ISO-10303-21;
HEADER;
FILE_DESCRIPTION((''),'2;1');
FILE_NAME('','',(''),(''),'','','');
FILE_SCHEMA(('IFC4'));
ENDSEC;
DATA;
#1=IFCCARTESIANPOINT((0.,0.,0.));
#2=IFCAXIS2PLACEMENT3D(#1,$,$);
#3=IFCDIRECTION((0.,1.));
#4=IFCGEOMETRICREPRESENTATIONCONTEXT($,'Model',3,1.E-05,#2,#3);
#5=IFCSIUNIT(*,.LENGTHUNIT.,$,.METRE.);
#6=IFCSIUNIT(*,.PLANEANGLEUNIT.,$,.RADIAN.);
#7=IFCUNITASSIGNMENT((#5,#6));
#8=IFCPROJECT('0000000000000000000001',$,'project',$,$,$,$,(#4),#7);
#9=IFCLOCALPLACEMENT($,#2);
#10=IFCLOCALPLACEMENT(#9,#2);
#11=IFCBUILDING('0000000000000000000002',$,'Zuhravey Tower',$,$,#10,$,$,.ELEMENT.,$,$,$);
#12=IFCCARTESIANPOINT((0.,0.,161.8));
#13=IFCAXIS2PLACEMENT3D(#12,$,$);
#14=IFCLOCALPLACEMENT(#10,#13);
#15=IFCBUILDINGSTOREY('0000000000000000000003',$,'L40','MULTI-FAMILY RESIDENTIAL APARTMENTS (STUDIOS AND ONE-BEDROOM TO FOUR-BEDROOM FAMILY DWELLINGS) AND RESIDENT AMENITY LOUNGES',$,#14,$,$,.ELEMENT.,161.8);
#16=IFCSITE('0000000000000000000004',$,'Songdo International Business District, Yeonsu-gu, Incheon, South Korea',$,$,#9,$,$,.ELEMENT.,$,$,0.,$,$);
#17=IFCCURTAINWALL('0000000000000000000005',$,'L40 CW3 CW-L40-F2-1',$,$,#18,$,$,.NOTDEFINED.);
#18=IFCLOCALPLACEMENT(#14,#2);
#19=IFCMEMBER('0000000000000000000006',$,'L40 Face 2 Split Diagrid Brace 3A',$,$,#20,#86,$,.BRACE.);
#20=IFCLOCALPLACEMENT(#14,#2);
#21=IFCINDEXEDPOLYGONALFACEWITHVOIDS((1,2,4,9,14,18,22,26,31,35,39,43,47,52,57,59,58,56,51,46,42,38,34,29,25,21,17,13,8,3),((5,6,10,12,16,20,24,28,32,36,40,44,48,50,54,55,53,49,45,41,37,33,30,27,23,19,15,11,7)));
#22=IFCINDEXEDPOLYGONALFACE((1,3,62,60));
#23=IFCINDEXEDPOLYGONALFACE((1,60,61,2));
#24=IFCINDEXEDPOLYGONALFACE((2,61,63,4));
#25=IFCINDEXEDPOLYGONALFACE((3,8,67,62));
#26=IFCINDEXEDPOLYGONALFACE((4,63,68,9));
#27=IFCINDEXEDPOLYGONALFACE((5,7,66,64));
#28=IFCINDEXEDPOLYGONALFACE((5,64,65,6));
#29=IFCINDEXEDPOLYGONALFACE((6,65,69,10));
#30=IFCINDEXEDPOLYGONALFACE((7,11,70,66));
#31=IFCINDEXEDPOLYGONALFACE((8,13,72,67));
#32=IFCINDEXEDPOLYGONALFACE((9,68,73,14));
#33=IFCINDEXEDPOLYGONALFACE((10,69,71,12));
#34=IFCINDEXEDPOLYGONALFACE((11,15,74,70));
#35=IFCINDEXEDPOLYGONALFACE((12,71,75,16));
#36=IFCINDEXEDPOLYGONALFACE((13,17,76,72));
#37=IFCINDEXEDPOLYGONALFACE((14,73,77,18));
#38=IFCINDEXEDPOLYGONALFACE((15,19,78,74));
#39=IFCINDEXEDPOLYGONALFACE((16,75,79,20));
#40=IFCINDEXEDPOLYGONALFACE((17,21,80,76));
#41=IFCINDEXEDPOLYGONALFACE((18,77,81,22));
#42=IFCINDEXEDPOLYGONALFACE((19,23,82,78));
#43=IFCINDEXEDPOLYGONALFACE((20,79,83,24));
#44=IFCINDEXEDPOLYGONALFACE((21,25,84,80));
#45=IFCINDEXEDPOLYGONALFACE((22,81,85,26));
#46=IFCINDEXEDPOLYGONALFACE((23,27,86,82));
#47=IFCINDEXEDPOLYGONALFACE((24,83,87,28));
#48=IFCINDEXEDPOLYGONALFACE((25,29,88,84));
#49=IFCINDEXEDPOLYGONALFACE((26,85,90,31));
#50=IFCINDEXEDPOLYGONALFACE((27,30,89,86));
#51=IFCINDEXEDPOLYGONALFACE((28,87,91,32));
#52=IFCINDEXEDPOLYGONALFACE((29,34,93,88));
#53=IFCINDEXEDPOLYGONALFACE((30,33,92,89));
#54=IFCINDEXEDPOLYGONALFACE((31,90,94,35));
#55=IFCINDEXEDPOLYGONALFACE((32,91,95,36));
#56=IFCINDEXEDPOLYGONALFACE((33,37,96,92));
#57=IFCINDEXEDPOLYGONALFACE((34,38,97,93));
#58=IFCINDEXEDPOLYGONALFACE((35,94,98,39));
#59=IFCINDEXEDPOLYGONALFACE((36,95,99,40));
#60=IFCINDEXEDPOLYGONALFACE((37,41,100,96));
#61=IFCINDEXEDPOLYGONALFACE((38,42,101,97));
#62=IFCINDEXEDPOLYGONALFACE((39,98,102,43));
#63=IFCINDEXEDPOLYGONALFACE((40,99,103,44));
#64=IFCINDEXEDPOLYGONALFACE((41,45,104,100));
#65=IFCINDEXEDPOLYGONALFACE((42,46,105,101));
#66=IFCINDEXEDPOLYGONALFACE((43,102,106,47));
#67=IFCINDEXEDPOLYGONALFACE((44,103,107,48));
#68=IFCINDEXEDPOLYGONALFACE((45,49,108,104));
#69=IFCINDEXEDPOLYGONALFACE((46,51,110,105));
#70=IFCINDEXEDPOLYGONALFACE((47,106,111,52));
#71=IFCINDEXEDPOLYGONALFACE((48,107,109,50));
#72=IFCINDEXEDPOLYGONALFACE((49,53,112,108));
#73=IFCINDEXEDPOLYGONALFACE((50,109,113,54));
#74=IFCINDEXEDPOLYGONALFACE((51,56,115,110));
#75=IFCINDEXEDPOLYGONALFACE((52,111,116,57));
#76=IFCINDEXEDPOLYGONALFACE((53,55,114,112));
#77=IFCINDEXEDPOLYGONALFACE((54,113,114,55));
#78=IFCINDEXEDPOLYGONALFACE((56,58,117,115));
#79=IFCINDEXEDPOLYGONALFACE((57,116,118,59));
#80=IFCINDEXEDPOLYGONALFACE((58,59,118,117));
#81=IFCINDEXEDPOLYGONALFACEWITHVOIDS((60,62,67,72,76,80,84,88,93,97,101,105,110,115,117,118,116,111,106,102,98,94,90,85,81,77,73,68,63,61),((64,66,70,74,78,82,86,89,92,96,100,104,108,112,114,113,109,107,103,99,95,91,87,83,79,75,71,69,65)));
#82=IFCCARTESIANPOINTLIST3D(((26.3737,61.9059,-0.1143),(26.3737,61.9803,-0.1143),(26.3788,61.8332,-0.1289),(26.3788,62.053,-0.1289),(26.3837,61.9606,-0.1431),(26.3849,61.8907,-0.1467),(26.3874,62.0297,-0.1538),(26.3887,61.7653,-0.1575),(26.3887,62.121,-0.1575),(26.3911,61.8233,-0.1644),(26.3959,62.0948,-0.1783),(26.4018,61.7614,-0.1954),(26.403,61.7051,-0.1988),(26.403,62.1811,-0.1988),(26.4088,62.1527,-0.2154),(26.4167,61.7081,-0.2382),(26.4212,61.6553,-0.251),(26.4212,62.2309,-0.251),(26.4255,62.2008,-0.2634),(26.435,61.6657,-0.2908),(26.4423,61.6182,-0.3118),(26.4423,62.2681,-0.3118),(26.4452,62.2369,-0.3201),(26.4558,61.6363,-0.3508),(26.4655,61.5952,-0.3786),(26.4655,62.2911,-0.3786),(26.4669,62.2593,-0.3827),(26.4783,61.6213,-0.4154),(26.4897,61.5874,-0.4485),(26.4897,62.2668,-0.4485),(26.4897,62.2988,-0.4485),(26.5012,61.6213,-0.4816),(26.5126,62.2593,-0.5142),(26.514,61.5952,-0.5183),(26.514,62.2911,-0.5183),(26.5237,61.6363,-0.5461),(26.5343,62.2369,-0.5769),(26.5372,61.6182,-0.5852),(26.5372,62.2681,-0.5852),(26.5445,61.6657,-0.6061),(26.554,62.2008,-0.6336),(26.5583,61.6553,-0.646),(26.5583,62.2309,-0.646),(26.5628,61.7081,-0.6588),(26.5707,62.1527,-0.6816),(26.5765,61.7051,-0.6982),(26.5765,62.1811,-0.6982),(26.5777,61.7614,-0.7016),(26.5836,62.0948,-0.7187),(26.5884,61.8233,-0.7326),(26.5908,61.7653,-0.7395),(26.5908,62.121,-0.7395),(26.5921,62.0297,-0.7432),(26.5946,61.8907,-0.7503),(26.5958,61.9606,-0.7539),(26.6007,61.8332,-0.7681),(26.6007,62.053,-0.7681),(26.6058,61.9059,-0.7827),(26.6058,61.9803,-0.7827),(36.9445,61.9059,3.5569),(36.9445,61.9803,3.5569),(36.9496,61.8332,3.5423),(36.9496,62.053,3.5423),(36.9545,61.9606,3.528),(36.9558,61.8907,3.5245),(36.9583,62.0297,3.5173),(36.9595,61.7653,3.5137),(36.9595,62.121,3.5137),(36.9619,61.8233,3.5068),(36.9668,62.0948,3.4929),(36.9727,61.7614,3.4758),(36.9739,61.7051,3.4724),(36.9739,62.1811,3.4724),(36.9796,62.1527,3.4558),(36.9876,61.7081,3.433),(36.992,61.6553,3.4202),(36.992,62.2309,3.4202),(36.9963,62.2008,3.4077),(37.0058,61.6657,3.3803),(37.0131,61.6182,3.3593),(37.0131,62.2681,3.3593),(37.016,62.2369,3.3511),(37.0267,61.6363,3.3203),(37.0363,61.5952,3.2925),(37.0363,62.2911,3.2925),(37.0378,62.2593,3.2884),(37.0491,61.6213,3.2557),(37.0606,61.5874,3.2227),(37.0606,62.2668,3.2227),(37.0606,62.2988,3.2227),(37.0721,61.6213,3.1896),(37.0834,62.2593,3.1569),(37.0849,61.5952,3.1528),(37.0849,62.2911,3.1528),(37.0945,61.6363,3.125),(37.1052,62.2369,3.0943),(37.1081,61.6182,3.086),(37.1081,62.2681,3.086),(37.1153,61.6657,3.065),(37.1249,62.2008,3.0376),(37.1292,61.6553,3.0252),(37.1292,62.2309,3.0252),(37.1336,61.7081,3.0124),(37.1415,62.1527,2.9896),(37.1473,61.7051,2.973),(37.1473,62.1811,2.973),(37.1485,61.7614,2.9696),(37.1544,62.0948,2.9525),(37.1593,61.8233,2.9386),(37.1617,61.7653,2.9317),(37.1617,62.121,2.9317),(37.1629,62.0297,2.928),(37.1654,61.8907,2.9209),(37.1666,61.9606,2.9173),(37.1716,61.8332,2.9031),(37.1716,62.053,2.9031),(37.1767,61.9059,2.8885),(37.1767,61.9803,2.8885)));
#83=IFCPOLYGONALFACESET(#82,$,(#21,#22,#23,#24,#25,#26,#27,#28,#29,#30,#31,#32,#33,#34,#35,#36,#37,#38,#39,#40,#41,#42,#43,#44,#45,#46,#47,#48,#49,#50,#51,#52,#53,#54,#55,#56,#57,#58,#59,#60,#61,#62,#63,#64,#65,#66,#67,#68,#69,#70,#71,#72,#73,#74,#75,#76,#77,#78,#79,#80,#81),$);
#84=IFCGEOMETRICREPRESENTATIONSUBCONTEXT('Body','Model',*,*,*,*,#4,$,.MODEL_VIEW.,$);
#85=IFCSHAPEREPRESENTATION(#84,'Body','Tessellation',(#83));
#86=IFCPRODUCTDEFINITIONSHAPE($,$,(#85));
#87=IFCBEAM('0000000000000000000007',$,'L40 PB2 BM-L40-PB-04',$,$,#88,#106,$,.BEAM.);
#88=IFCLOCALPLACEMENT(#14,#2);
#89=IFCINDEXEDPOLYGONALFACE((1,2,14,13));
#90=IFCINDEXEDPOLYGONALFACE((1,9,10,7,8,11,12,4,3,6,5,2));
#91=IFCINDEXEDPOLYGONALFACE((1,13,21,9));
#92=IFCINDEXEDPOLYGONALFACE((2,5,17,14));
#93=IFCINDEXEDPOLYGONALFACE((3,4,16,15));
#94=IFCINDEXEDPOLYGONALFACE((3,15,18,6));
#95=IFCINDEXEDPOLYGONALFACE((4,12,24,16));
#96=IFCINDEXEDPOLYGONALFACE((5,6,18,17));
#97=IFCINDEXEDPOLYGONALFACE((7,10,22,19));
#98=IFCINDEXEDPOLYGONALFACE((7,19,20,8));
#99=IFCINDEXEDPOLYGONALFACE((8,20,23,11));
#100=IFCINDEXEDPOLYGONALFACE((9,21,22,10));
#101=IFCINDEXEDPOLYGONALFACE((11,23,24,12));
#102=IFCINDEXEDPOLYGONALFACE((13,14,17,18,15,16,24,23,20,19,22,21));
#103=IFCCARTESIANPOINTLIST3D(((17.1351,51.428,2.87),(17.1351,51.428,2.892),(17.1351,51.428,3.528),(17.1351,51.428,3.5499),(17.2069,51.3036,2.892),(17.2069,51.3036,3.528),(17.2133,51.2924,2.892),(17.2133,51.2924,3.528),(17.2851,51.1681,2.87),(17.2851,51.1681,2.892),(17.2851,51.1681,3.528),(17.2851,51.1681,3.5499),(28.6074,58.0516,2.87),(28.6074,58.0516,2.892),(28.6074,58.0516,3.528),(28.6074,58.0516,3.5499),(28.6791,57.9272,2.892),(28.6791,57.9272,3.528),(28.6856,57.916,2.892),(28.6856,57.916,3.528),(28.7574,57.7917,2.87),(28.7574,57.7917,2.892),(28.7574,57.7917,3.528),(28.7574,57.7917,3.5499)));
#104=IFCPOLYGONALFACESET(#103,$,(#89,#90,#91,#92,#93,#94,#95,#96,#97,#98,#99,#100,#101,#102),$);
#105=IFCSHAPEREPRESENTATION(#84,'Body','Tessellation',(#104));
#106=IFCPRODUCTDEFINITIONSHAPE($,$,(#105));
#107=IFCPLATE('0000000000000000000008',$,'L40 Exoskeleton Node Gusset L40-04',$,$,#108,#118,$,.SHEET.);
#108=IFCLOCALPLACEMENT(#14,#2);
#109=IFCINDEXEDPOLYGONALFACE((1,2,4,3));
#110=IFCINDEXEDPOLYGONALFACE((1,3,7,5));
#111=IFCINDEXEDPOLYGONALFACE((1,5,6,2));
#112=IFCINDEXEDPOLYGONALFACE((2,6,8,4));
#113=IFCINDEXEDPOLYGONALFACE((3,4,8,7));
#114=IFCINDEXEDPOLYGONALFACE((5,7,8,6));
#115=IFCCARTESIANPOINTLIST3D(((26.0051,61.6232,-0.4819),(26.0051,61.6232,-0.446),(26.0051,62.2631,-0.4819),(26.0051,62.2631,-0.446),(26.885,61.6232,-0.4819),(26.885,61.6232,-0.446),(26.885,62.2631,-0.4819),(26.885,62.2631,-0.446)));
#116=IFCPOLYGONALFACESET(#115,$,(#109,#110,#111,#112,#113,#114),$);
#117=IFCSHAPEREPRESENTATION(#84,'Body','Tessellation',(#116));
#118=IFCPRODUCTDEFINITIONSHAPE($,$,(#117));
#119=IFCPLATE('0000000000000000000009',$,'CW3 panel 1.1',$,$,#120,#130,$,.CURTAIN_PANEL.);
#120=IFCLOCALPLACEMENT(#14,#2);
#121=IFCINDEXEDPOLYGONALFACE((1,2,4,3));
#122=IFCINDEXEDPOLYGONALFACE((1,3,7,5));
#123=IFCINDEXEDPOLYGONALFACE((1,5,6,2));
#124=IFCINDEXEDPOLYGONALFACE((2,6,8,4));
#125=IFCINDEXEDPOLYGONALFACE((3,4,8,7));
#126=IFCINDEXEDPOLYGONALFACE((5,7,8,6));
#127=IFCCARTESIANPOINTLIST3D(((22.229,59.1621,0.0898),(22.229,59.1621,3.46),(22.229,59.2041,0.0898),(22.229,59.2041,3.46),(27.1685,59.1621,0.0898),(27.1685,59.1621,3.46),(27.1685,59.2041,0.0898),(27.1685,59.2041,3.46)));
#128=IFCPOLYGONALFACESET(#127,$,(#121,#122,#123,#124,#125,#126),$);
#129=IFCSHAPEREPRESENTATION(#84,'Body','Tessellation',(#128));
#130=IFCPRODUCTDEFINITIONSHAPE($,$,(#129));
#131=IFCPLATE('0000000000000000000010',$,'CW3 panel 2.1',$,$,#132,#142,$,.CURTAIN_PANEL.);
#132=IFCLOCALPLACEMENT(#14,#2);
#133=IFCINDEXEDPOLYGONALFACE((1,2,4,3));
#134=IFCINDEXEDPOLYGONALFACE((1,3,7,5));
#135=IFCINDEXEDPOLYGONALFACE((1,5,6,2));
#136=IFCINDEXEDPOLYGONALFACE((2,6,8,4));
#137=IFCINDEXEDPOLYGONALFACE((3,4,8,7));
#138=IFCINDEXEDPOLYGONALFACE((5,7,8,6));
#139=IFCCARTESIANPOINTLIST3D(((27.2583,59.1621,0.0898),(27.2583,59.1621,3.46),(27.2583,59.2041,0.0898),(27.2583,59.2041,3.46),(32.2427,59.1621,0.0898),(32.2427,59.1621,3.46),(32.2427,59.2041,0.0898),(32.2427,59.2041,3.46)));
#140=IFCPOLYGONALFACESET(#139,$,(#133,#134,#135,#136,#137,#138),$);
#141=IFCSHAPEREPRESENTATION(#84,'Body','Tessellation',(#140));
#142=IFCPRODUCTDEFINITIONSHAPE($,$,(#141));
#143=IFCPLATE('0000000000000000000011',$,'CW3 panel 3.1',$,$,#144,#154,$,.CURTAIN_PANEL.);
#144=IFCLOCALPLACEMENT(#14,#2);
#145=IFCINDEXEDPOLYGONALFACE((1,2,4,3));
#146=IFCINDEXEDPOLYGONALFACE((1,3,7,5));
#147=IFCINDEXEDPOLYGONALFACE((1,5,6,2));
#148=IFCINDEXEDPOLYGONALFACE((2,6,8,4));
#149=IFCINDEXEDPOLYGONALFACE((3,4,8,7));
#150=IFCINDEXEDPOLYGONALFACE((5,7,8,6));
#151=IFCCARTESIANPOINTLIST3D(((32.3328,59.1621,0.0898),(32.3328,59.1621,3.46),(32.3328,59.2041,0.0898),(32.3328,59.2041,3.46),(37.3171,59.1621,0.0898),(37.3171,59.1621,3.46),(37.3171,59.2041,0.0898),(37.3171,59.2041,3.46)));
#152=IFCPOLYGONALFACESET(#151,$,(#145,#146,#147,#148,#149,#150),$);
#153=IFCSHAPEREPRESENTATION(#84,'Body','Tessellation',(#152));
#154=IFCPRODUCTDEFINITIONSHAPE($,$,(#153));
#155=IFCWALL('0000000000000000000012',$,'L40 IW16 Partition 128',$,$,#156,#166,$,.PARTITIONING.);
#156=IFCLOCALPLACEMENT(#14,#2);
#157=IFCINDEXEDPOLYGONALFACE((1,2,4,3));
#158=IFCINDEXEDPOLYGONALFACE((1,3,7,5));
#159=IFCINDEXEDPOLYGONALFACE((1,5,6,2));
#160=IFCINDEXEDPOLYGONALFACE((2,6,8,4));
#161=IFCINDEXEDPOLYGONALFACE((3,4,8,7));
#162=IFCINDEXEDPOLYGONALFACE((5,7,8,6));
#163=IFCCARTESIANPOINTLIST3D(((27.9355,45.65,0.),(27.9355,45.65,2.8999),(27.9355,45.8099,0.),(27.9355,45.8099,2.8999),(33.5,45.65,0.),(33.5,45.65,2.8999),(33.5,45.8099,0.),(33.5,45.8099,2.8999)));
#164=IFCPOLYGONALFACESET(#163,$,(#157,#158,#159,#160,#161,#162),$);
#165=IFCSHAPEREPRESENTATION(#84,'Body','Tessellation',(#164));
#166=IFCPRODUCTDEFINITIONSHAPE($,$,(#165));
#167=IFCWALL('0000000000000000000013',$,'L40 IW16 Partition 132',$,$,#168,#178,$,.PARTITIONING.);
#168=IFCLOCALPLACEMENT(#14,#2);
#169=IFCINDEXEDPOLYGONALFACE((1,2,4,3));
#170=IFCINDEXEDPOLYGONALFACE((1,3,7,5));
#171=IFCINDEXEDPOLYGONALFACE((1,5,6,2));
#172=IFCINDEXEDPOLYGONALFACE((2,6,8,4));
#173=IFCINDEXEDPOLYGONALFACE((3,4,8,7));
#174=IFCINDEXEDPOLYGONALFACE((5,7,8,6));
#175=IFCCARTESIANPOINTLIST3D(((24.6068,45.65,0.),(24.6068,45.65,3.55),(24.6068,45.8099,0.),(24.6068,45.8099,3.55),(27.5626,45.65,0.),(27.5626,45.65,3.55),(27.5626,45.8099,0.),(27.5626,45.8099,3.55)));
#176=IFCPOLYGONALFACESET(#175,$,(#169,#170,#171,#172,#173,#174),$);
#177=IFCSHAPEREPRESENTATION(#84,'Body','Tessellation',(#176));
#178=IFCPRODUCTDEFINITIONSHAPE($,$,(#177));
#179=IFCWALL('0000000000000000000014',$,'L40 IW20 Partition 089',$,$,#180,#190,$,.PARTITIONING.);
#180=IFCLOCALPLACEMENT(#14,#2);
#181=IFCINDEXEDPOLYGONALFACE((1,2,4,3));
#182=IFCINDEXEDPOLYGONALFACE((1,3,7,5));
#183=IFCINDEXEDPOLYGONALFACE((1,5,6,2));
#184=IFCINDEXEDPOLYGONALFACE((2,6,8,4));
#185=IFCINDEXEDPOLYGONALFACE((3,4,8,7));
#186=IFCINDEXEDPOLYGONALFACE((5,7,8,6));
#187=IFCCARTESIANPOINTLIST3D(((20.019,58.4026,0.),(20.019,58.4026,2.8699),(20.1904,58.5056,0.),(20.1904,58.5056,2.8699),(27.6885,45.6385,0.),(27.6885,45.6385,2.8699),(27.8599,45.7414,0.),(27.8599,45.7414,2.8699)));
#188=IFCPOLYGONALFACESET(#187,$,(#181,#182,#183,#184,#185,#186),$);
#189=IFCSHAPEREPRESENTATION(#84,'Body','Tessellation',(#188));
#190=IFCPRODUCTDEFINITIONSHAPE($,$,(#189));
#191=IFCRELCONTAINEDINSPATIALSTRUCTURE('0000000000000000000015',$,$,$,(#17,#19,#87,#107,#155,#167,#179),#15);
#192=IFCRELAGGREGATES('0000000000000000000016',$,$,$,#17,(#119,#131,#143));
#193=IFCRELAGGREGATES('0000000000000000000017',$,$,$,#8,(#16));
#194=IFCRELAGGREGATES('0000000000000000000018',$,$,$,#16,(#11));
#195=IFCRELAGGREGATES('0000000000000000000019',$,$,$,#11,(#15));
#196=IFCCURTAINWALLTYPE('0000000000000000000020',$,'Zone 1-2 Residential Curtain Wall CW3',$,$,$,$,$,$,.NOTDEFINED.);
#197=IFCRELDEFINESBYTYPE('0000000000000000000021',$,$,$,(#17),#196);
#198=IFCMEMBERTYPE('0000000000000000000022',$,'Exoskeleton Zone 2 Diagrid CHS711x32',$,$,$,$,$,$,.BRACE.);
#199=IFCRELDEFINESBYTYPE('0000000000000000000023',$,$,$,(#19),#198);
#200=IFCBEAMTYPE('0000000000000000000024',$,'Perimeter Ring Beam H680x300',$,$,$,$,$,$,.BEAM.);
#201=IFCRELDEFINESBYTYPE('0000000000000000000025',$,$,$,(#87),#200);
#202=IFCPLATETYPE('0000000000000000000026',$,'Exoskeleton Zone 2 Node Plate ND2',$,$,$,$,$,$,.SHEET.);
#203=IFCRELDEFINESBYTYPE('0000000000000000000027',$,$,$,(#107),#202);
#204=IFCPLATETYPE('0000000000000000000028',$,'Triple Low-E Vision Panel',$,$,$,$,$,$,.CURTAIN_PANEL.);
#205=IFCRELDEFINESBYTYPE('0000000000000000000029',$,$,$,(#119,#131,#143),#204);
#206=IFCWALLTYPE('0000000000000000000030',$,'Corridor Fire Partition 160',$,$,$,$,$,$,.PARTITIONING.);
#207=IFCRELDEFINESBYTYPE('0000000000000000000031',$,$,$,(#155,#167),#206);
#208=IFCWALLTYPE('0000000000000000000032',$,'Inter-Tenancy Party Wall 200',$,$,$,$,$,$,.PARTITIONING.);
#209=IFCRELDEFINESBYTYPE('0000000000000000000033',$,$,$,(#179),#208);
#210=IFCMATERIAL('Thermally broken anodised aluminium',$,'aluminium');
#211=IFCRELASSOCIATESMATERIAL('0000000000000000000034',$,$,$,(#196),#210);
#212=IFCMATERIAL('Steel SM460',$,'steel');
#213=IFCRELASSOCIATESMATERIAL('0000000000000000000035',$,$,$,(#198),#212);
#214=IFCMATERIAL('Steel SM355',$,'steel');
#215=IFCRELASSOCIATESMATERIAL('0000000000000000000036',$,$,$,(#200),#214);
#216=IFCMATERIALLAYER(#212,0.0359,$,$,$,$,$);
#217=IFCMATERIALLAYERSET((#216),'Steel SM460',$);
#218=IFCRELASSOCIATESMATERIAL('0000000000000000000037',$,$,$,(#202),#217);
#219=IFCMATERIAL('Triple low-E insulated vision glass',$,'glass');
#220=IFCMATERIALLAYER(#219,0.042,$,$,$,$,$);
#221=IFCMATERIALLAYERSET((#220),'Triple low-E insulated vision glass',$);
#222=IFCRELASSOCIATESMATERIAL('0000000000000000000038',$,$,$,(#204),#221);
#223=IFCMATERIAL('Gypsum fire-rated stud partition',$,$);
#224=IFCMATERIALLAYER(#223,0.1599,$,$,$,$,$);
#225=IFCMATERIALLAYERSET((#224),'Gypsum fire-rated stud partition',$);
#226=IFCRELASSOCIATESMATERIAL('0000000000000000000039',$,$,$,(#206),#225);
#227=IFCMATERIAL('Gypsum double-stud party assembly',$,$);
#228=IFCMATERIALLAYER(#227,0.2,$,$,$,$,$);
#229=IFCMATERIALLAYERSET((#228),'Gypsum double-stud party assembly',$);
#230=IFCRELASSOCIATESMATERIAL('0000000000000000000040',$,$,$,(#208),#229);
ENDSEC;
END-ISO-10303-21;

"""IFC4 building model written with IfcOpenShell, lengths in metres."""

from ifc_helpers import new_model, si_unit, direction, frame, frame_2d, origin, origin_2d, place, context, subcontext, project, spatial, rectangle, hollow_circle, i_section, extrude, material, layer, layer_set, material_profile, profile_set, type_object, element, aggregate, save


model = new_model("IFC4")

# Units and contexts
model_context = context("Model", 3, precision=1e-05, world=origin(), true_north=direction((0.0, 1.0)))
body_context = subcontext(model_context, "Body", "Model", "MODEL_VIEW")
ifc_project = project(units=[si_unit("LENGTHUNIT", "METRE"), si_unit("PLANEANGLEUNIT", "RADIAN")], contexts=[model_context])

# Site, building, storey
site_placement = place(None, origin())
site = spatial("IfcSite", under=ifc_project, at=site_placement, Name="Songdo International Business District, Yeonsu-gu, Incheon, South Korea", CompositionType="ELEMENT", RefElevation=0.0)
building_placement = place(site_placement, origin())
building = spatial("IfcBuilding", under=site, at=building_placement, Name="Zuhravey Tower", CompositionType="ELEMENT")
storey_placement = place(building_placement, frame((0.0, 0.0, 161.8)))
storey = spatial("IfcBuildingStorey", under=building, at=storey_placement, Name="L40", Description="MULTI-FAMILY RESIDENTIAL APARTMENTS (STUDIOS AND ONE-BEDROOM TO FOUR-BEDROOM FAMILY DWELLINGS) AND RESIDENT AMENITY LOUNGES", CompositionType="ELEMENT", Elevation=161.8)

# Curtain wall
ifc_material_1 = material(Name="Thermally broken anodised aluminium", Category="aluminium")
curtain_wall_type = type_object("IfcCurtainWallType", Name="Zone 1-2 Residential Curtain Wall CW3", PredefinedType="NOTDEFINED", material=ifc_material_1)
curtain_wall_placement = place(storey_placement, origin())
curtain_wall = element("IfcCurtainWall", 1, at=curtain_wall_placement, inside=storey, type_object=curtain_wall_type, Name="L40 CW3 CW-L40-F2-1", PredefinedType="NOTDEFINED")

# Member
ifc_material_2 = material(Name="Steel SM460", Category="steel")
ifc_material_profile_1 = material_profile(ifc_material_2, hollow_circle(Radius=0.3557, WallThickness=0.032, at=origin_2d()), Name="CHS-711.2x32")
ifc_profile_set_1 = profile_set([ifc_material_profile_1], Name="Steel SM460")
member_type_1 = type_object("IfcMemberType", Name="Exoskeleton Zone 2 Diagrid CHS711x32", PredefinedType="BRACE", material=ifc_profile_set_1)
member_1_placement = place(storey_placement, frame((26.4897, 61.9431, -0.4485), z_axis=(0.944654, 0.0, 0.32807), x_axis=(0.0, 1.0, 0.0)))
element("IfcMember", 2, at=member_1_placement, inside=storey, type_object=member_type_1, Name="L40 Face 2 Split Diagrid Brace 3A", PredefinedType="BRACE", context=body_context, shape_type="SweptSolid", body=[
    extrude(hollow_circle(Radius=0.3557, WallThickness=0.032, at=origin_2d()), origin(), (0.0, 0.0, 1.0), 11.1902),
])

# Beam
ifc_material_3 = material(Name="Steel SM355", Category="steel")
ifc_material_profile_2 = material_profile(ifc_material_3, i_section(OverallWidth=0.3, OverallDepth=0.6799, WebThickness=0.0129, FlangeThickness=0.022, at=origin_2d()), Name="H-680x300x13x22")
ifc_profile_set_2 = profile_set([ifc_material_profile_2], Name="Steel SM355")
beam_type = type_object("IfcBeamType", Name="Perimeter Ring Beam H680x300", PredefinedType="BEAM", material=ifc_profile_set_2)
beam_placement = place(storey_placement, frame((28.6824, 57.9216, 3.21), z_axis=(-0.866023, -0.500004, 0.0), x_axis=(0.500004, -0.866023, 0.0)))
element("IfcBeam", 3, at=beam_placement, inside=storey, type_object=beam_type, Name="L40 PB2 BM-L40-PB-04", PredefinedType="BEAM", context=body_context, shape_type="SweptSolid", body=[
    extrude(i_section(OverallWidth=0.3, OverallDepth=0.6799, WebThickness=0.0129, FlangeThickness=0.022, at=origin_2d()), origin(), (0.0, 0.0, 1.0), 13.2471),
])

# Plates
ifc_layer_1 = layer(ifc_material_2, 0.0359)
ifc_layer_set_1 = layer_set([ifc_layer_1], Name="Steel SM460")
plate_type_1 = type_object("IfcPlateType", Name="Exoskeleton Zone 2 Node Plate ND2", PredefinedType="SHEET", material=ifc_layer_set_1)
plate_1_placement = place(storey_placement, frame((26.4451, 61.9431, -0.4819), z_axis=(0.0, 0.0, 1.0), x_axis=(-1.0, 0.0, 0.0)))
element("IfcPlate", 4, at=plate_1_placement, inside=storey, type_object=plate_type_1, Name="L40 Exoskeleton Node Gusset L40-04", PredefinedType="SHEET", context=body_context, shape_type="SweptSolid", body=[
    extrude(rectangle(XDim=0.8799, YDim=0.6399, at=origin_2d()), origin(), (0.0, 0.0, 1.0), 0.0359),
])
ifc_material_4 = material(Name="Triple low-E insulated vision glass", Category="glass")
ifc_layer_2 = layer(ifc_material_4, 0.042)
ifc_layer_set_2 = layer_set([ifc_layer_2], Name="Triple low-E insulated vision glass")
plate_type_2 = type_object("IfcPlateType", Name="Triple Low-E Vision Panel", PredefinedType="CURTAIN_PANEL", material=ifc_layer_set_2)
plate_2_placement = place(storey_placement, frame((24.6987, 59.1831, 0.0898), z_axis=(0.0, 0.0, 1.0), x_axis=(1.0, 0.0, 0.0)))
plate_2 = element("IfcPlate", 5, at=plate_2_placement, type_object=plate_type_2, Name="CW3 panel 1.1", PredefinedType="CURTAIN_PANEL", context=body_context, shape_type="SweptSolid", body=[
    extrude(rectangle(XDim=4.9395, YDim=0.042, at=origin_2d()), origin(), (0.0, 0.0, 1.0), 3.3701),
])
plate_3_placement = place(storey_placement, frame((29.7505, 59.1831, 0.0898), z_axis=(0.0, 0.0, 1.0), x_axis=(1.0, 0.0, 0.0)))
plate_3 = element("IfcPlate", 6, at=plate_3_placement, type_object=plate_type_2, Name="CW3 panel 2.1", PredefinedType="CURTAIN_PANEL", context=body_context, shape_type="SweptSolid", body=[
    extrude(rectangle(XDim=4.9844, YDim=0.042, at=origin_2d()), origin(), (0.0, 0.0, 1.0), 3.3701),
])
plate_4_placement = place(storey_placement, frame((34.825, 59.1831, 0.0898), z_axis=(0.0, 0.0, 1.0), x_axis=(1.0, 0.0, 0.0)))
plate_4 = element("IfcPlate", 7, at=plate_4_placement, type_object=plate_type_2, Name="CW3 panel 3.1", PredefinedType="CURTAIN_PANEL", context=body_context, shape_type="SweptSolid", body=[
    extrude(rectangle(XDim=4.9844, YDim=0.042, at=origin_2d()), origin(), (0.0, 0.0, 1.0), 3.3701),
])
aggregate(curtain_wall, [plate_2, plate_3, plate_4])

# Shared definitions
ifc_material_5 = material(Name="Gypsum fire-rated stud partition")
ifc_layer_3 = layer(ifc_material_5, 0.1599)
ifc_layer_set_3 = layer_set([ifc_layer_3], Name="Gypsum fire-rated stud partition")
wall_type_1 = type_object("IfcWallType", Name="Corridor Fire Partition 160", PredefinedType="PARTITIONING", material=ifc_layer_set_3)

# Walls
wall_1_placement = place(storey_placement, frame((33.5, 45.73, 0.0), z_axis=(0.0, 0.0, 1.0), x_axis=(-1.0, 0.0, 0.0)))
element("IfcWall", 8, at=wall_1_placement, inside=storey, type_object=wall_type_1, Name="L40 IW16 Partition 128", PredefinedType="PARTITIONING", context=body_context, shape_type="SweptSolid", body=[
    extrude(rectangle(XDim=5.5645, YDim=0.1599, at=frame_2d((2.7822, 0.0))), origin(), (0.0, 0.0, 1.0), 2.8999),
])
wall_2_placement = place(storey_placement, frame((27.5627, 45.73, 0.0), z_axis=(0.0, 0.0, 1.0), x_axis=(-1.0, 0.0, 0.0)))
element("IfcWall", 9, at=wall_2_placement, inside=storey, type_object=wall_type_1, Name="L40 IW16 Partition 132", PredefinedType="PARTITIONING", context=body_context, shape_type="SweptSolid", body=[
    extrude(rectangle(XDim=2.9558, YDim=0.1599, at=frame_2d((1.478, 0.0))), origin(), (0.0, 0.0, 1.0), 3.55),
])
ifc_material_6 = material(Name="Gypsum double-stud party assembly")
ifc_layer_4 = layer(ifc_material_6, 0.2)
ifc_layer_set_4 = layer_set([ifc_layer_4], Name="Gypsum double-stud party assembly")
wall_type_2 = type_object("IfcWallType", Name="Inter-Tenancy Party Wall 200", PredefinedType="PARTITIONING", material=ifc_layer_set_4)
wall_3_placement = place(storey_placement, frame((27.7742, 45.6899, 0.0), z_axis=(0.0, 0.0, 1.0), x_axis=(-0.515036, 0.857169, 0.0)))
element("IfcWall", 10, at=wall_3_placement, inside=storey, type_object=wall_type_2, Name="L40 IW20 Partition 089", PredefinedType="PARTITIONING", context=body_context, shape_type="SweptSolid", body=[
    extrude(rectangle(XDim=14.8911, YDim=0.2, at=frame_2d((7.4456, 0.0))), origin(), (0.0, 0.0, 1.0), 2.8699),
])

save(model, "model.ifc")
